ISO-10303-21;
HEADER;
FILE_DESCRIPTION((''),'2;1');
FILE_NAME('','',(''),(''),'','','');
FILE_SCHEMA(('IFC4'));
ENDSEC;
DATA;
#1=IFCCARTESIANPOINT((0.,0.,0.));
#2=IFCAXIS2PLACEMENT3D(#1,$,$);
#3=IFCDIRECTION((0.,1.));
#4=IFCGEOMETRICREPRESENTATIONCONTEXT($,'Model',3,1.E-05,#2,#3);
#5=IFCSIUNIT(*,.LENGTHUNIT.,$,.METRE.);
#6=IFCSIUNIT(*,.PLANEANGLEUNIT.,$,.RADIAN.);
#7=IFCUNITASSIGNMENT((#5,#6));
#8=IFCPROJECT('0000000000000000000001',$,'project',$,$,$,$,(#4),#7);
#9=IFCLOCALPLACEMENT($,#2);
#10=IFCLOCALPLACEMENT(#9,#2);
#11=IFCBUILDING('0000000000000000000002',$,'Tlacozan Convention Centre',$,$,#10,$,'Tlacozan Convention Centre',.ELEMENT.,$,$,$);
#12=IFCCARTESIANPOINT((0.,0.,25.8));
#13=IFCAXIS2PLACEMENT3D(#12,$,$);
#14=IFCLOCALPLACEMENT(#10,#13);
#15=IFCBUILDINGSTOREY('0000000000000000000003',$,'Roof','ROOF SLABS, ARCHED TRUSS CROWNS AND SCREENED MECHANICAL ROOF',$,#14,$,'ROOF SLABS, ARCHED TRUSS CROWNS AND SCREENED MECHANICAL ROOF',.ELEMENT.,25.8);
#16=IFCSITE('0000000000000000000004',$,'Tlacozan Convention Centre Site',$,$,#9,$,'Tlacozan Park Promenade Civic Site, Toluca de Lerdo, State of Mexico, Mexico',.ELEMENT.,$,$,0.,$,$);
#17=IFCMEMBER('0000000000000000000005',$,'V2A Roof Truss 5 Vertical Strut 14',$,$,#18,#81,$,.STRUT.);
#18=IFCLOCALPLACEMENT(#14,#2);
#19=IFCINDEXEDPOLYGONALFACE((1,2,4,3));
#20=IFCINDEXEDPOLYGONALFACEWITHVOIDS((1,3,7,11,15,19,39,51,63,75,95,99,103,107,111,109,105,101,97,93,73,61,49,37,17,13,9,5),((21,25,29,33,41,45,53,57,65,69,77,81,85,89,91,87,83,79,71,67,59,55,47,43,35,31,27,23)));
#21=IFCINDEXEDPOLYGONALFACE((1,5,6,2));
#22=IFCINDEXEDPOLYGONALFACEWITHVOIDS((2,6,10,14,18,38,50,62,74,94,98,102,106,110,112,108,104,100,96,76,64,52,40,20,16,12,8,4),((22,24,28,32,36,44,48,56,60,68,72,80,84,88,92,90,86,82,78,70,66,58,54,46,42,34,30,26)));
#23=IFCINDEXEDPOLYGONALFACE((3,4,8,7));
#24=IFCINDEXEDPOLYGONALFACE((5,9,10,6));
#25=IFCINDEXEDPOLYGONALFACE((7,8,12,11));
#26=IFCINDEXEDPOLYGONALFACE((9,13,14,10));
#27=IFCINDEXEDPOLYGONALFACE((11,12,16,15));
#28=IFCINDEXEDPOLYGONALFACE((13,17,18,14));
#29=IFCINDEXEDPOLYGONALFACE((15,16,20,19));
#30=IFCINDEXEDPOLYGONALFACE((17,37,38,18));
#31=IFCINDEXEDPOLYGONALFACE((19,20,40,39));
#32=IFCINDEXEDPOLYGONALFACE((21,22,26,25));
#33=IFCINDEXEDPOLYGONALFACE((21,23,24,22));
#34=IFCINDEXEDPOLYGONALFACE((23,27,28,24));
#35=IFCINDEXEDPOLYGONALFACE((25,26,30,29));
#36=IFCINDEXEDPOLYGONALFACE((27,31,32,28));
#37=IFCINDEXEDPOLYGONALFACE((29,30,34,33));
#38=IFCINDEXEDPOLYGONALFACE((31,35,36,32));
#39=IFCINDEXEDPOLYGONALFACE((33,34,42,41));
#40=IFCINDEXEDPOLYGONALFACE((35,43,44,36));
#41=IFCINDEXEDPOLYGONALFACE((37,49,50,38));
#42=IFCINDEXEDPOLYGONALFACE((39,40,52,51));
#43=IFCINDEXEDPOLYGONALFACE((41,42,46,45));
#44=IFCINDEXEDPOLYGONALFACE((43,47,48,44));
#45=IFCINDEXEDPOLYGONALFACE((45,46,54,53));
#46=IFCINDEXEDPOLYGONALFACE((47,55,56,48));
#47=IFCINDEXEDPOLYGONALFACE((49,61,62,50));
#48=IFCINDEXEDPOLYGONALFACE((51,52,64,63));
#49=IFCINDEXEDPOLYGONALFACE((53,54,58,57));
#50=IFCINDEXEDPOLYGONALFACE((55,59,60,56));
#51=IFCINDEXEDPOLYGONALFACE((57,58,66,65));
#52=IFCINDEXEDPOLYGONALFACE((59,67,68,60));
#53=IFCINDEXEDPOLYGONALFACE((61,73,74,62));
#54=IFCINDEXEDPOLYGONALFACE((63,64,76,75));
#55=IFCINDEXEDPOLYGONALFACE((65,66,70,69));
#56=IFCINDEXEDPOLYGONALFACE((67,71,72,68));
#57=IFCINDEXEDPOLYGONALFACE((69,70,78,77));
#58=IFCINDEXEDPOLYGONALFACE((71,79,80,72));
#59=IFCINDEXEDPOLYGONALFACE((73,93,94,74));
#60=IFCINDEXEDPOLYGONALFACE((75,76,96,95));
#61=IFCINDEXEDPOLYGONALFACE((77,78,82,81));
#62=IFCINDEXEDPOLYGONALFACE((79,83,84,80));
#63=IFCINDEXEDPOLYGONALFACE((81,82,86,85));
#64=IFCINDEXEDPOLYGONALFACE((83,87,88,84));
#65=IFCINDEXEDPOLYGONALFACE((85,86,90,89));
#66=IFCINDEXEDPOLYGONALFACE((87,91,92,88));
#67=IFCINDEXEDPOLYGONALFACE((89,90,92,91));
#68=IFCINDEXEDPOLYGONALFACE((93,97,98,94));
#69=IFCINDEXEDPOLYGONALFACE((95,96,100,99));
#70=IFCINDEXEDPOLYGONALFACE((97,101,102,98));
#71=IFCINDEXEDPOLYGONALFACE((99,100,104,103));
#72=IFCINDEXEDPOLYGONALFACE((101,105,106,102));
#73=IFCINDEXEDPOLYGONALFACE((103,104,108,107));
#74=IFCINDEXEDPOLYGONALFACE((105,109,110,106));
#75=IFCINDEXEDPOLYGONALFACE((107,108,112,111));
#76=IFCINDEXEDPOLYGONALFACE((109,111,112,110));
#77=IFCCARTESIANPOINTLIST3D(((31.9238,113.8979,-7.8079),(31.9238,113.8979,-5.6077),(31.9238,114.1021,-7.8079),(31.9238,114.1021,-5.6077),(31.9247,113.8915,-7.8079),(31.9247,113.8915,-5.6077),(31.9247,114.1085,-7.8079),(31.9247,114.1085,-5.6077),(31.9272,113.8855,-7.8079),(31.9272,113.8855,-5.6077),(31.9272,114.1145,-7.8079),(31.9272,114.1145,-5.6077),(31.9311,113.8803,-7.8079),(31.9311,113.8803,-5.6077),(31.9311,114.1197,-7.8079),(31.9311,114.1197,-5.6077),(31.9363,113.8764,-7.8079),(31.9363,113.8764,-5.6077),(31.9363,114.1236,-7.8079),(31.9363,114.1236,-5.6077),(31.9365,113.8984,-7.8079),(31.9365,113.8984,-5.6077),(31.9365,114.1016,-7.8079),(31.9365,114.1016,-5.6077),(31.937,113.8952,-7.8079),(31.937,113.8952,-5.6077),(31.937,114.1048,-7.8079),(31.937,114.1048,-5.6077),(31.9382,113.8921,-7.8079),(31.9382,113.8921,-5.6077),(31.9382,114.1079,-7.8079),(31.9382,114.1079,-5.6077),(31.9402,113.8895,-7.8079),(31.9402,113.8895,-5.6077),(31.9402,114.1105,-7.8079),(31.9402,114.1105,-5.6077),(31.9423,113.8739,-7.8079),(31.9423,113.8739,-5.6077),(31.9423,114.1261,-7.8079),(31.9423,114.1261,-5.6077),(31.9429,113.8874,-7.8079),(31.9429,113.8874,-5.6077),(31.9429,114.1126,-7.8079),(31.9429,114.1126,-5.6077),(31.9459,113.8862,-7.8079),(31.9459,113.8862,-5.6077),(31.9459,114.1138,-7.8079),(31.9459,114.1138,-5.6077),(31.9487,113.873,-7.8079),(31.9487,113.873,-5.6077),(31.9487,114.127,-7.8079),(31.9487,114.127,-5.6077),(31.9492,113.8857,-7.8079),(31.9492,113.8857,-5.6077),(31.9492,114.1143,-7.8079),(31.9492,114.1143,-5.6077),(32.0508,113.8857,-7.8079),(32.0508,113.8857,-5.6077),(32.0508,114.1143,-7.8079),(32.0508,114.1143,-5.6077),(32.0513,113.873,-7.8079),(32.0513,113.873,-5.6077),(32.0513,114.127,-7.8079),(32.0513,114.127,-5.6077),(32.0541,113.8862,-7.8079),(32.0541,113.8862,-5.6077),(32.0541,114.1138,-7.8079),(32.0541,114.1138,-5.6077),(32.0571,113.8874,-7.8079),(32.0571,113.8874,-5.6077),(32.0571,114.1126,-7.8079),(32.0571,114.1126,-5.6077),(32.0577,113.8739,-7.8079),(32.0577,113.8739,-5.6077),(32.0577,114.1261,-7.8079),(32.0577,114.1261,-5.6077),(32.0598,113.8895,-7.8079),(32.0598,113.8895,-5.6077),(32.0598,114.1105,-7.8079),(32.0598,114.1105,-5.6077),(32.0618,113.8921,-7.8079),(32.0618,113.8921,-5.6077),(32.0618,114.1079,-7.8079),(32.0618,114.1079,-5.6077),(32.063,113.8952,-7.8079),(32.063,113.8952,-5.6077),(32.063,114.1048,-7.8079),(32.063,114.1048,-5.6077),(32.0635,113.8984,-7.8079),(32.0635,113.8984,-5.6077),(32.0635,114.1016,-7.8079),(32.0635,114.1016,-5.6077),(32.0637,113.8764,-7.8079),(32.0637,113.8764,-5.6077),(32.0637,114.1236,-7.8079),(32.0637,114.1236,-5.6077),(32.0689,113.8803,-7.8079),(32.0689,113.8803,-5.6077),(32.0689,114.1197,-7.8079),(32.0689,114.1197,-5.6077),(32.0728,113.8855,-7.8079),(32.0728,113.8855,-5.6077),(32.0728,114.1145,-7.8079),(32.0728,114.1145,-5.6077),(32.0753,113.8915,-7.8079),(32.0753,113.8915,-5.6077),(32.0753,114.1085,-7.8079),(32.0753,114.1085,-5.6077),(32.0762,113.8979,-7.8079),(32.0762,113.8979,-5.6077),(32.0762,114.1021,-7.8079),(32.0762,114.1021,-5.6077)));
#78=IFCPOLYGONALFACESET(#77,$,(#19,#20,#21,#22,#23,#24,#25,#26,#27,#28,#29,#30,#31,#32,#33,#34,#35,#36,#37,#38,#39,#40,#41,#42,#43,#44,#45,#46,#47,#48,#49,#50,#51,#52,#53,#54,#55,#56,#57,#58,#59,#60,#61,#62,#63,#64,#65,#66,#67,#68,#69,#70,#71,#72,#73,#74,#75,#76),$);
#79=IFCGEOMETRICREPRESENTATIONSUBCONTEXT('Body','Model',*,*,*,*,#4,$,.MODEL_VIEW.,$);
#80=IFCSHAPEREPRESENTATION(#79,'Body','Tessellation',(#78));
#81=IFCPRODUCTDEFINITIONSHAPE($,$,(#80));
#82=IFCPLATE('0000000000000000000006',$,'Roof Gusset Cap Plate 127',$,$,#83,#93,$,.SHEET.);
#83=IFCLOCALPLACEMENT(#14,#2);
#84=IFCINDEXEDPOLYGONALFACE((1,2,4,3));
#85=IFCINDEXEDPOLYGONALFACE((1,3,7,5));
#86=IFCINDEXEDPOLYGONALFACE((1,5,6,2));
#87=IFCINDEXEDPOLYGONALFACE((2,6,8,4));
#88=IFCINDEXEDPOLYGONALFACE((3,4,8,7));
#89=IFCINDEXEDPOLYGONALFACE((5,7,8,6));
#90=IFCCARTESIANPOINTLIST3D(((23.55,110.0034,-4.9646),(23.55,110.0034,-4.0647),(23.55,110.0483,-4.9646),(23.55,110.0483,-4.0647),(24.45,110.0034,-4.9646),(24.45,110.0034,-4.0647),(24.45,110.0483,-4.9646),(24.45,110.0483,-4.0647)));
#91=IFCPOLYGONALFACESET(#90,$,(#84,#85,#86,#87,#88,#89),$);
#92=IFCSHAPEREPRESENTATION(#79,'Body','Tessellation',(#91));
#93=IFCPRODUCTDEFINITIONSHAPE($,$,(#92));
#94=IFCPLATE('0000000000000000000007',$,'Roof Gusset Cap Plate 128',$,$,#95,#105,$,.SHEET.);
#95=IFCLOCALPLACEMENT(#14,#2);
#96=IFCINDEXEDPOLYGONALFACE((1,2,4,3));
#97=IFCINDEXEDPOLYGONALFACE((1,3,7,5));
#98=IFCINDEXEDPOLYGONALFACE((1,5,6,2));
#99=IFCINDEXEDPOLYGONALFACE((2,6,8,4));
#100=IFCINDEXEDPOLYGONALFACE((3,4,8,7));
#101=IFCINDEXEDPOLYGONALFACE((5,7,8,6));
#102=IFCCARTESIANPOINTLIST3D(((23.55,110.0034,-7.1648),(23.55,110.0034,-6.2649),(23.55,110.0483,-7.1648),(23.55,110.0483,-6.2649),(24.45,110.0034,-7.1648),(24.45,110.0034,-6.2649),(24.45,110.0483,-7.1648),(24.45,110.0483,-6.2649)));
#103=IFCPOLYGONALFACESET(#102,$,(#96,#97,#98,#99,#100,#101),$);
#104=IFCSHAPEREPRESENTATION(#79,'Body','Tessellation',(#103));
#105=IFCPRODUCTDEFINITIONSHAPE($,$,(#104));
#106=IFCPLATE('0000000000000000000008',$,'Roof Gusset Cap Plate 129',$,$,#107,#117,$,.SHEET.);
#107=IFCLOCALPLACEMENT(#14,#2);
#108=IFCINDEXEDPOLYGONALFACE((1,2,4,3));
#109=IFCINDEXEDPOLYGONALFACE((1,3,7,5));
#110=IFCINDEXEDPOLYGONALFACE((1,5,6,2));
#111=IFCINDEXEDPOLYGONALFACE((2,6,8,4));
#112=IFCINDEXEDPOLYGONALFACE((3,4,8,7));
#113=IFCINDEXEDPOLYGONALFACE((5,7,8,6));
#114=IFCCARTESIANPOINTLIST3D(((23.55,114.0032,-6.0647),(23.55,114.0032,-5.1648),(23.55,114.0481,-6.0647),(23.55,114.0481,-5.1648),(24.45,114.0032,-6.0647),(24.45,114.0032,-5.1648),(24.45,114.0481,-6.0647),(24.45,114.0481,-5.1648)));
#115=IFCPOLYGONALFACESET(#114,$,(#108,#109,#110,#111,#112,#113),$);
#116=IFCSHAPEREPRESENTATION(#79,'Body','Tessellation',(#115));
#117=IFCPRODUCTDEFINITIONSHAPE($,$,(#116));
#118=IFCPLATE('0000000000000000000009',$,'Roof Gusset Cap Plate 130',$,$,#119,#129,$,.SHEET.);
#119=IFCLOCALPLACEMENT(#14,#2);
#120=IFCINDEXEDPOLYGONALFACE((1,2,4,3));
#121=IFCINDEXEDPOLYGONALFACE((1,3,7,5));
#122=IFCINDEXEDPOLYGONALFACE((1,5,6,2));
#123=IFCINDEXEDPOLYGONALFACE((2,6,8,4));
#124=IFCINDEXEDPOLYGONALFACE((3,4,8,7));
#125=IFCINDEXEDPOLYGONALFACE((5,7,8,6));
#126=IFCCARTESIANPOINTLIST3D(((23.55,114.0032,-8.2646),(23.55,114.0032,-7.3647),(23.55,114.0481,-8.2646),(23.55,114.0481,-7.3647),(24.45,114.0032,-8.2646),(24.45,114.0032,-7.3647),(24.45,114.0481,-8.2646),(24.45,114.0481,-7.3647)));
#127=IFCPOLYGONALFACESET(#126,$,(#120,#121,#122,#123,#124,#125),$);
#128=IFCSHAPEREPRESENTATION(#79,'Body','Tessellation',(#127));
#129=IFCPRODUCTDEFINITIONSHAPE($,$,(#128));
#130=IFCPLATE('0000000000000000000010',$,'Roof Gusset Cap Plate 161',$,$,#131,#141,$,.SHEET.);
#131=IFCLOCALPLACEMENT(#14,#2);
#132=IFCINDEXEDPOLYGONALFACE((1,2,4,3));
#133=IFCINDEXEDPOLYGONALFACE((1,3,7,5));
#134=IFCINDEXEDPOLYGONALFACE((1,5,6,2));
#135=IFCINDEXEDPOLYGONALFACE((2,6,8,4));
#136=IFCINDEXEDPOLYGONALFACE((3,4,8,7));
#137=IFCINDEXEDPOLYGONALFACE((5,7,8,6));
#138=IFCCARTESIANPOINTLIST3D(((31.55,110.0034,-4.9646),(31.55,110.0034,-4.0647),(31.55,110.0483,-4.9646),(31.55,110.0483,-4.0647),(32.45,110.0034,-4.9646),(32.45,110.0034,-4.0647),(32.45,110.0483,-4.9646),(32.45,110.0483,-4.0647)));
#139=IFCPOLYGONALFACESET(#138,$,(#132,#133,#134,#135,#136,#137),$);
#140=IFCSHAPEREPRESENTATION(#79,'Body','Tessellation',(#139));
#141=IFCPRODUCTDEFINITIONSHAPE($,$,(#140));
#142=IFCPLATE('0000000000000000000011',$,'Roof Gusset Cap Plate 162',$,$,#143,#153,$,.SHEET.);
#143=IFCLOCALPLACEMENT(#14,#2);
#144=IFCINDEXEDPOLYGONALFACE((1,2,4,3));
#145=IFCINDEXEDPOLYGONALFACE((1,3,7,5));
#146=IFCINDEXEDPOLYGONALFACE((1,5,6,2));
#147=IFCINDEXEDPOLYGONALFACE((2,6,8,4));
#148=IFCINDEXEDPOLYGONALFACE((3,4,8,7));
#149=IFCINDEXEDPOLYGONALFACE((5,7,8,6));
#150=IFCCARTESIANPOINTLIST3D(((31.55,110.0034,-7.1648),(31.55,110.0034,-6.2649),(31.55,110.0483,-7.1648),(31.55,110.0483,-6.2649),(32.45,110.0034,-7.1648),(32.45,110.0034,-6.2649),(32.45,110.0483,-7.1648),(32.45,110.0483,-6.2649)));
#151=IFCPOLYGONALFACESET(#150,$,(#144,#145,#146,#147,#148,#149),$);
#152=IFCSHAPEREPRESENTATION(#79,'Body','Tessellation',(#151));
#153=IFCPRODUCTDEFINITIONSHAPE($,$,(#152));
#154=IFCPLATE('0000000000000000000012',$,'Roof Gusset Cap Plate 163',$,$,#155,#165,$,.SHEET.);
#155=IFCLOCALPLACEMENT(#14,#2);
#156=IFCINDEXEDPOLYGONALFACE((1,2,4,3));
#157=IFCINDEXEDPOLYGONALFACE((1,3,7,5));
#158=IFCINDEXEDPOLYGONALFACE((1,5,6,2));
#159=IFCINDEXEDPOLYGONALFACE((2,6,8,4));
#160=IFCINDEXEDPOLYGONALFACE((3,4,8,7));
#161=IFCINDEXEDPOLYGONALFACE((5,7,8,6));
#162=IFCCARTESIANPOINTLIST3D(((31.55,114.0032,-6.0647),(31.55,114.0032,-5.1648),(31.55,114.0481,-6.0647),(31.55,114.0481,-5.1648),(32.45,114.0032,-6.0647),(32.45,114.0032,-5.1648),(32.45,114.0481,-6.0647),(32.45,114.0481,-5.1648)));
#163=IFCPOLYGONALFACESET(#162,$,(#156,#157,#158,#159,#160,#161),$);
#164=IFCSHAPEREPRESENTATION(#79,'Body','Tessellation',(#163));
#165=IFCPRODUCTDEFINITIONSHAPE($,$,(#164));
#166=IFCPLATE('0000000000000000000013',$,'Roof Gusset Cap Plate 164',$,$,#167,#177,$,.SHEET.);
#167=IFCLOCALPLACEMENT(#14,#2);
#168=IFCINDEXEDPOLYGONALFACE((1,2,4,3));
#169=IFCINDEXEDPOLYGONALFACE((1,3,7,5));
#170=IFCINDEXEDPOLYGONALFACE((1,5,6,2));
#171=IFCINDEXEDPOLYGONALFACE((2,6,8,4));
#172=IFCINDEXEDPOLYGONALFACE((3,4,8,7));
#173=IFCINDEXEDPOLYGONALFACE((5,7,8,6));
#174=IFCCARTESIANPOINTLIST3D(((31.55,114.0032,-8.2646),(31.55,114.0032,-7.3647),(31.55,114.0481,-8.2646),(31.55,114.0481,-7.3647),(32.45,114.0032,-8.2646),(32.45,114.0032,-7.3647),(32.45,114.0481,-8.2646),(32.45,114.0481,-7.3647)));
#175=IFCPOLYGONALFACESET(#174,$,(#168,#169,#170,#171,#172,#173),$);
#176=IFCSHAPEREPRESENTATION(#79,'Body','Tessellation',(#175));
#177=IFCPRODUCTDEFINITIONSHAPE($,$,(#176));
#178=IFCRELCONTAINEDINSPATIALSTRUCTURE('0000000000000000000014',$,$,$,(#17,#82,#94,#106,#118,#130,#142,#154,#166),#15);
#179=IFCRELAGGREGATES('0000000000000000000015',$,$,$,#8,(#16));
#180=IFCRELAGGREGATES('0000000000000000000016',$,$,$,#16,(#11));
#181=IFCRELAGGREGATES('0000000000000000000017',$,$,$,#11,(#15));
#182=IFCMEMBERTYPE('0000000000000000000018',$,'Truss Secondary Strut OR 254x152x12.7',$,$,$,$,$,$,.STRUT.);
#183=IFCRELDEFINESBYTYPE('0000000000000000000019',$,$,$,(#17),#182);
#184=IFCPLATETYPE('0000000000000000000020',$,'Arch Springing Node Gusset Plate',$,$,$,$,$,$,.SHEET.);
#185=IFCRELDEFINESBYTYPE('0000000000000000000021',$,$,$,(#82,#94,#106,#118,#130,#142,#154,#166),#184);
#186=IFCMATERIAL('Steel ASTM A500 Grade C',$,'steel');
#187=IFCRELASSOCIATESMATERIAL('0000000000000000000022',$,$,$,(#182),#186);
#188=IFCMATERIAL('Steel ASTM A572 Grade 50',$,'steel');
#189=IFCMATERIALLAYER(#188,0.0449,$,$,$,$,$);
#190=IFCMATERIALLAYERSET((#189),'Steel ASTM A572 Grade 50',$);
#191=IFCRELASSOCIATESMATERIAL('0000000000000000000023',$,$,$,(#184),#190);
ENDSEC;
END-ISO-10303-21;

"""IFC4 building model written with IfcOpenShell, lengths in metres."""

from ifc_helpers import new_model, si_unit, direction, frame, origin, origin_2d, place, context, subcontext, project, spatial, rectangle, hollow_rectangle, extrude, material, layer, layer_set, material_profile, profile_set, type_object, element, save


model = new_model("IFC4")

# Units and contexts
model_context = context("Model", 3, precision=1e-05, world=origin(), true_north=direction((0.0, 1.0)))
body_context = subcontext(model_context, "Body", "Model", "MODEL_VIEW")
ifc_project = project(units=[si_unit("LENGTHUNIT", "METRE"), si_unit("PLANEANGLEUNIT", "RADIAN")], contexts=[model_context])

# Site, building, storey
site_placement = place(None, origin())
site = spatial("IfcSite", under=ifc_project, at=site_placement, Name="Tlacozan Convention Centre Site", LongName="Tlacozan Park Promenade Civic Site, Toluca de Lerdo, State of Mexico, Mexico", CompositionType="ELEMENT", RefElevation=0.0)
building_placement = place(site_placement, origin())
building = spatial("IfcBuilding", under=site, at=building_placement, Name="Tlacozan Convention Centre", LongName="Tlacozan Convention Centre", CompositionType="ELEMENT")
storey_placement = place(building_placement, frame((0.0, 0.0, 25.8)))
storey = spatial("IfcBuildingStorey", under=building, at=storey_placement, Name="Roof", Description="ROOF SLABS, ARCHED TRUSS CROWNS AND SCREENED MECHANICAL ROOF", LongName="ROOF SLABS, ARCHED TRUSS CROWNS AND SCREENED MECHANICAL ROOF", CompositionType="ELEMENT", Elevation=25.8)

# Member
ifc_material_1 = material(Name="Steel ASTM A500 Grade C", Category="steel")
ifc_material_profile_1 = material_profile(ifc_material_1, hollow_rectangle(XDim=0.1523, YDim=0.2539, WallThickness=0.0127, InnerFilletRadius=0.0127, OuterFilletRadius=0.0249, at=origin_2d()), Name="OR 254x152x12.7")
ifc_profile_set_1 = profile_set([ifc_material_profile_1], Name="Steel ASTM A500 Grade C")
member_type_1 = type_object("IfcMemberType", Name="Truss Secondary Strut OR 254x152x12.7", PredefinedType="STRUT", material=ifc_profile_set_1)
for number, where, z_axis, x_axis, name in (
    (1, (32.0, 114.0, -7.8079), (0.0, 0.0, 1.0), (1.0, 0.0, 0.0), "V2A Roof Truss 5 Vertical Strut 14"),
):
    element("IfcMember", number, at=place(storey_placement, frame(where, z_axis=z_axis, x_axis=x_axis)), inside=storey, type_object=member_type_1, Name=name, PredefinedType="STRUT", context=body_context, shape_type="SweptSolid", body=[
        extrude(hollow_rectangle(XDim=0.1523, YDim=0.2539, WallThickness=0.0127, InnerFilletRadius=0.0127, OuterFilletRadius=0.0249, at=origin_2d()), origin(), (0.0, 0.0, 1.0), 2.2002),
    ])

# Plates
ifc_material_2 = material(Name="Steel ASTM A572 Grade 50", Category="steel")
ifc_layer = layer(ifc_material_2, 0.0449)
ifc_layer_set = layer_set([ifc_layer], Name="Steel ASTM A572 Grade 50")
plate_type = type_object("IfcPlateType", Name="Arch Springing Node Gusset Plate", PredefinedType="SHEET", material=ifc_layer_set)
for number, where, z_axis, x_axis, name in (
    (2, (24.0, 110.0259, -4.9646), (0.0, 0.0, 1.0), (0.0, 1.0, 0.0), "Roof Gusset Cap Plate 127"),
    (3, (24.0, 110.0259, -7.1648), (0.0, 0.0, 1.0), (0.0, 1.0, 0.0), "Roof Gusset Cap Plate 128"),
    (4, (24.0, 114.0256, -6.0647), (0.0, 0.0, 1.0), (0.0, 1.0, 0.0), "Roof Gusset Cap Plate 129"),
    (5, (24.0, 114.0256, -8.2646), (0.0, 0.0, 1.0), (0.0, 1.0, 0.0), "Roof Gusset Cap Plate 130"),
    (6, (32.0, 110.0259, -4.9646), (0.0, 0.0, 1.0), (0.0, 1.0, 0.0), "Roof Gusset Cap Plate 161"),
    (7, (32.0, 110.0259, -7.1648), (0.0, 0.0, 1.0), (0.0, 1.0, 0.0), "Roof Gusset Cap Plate 162"),
    (8, (32.0, 114.0256, -6.0647), (0.0, 0.0, 1.0), (0.0, 1.0, 0.0), "Roof Gusset Cap Plate 163"),
    (9, (32.0, 114.0256, -8.2646), (0.0, 0.0, 1.0), (0.0, 1.0, 0.0), "Roof Gusset Cap Plate 164"),
):
    element("IfcPlate", number, at=place(storey_placement, frame(where, z_axis=z_axis, x_axis=x_axis)), inside=storey, type_object=plate_type, Name=name, PredefinedType="SHEET", context=body_context, shape_type="SweptSolid", body=[
        extrude(rectangle(XDim=0.0449, YDim=0.8999, at=origin_2d()), origin(), (0.0, 0.0, 1.0), 0.8999),
    ])

save(model, "model.ifc")
